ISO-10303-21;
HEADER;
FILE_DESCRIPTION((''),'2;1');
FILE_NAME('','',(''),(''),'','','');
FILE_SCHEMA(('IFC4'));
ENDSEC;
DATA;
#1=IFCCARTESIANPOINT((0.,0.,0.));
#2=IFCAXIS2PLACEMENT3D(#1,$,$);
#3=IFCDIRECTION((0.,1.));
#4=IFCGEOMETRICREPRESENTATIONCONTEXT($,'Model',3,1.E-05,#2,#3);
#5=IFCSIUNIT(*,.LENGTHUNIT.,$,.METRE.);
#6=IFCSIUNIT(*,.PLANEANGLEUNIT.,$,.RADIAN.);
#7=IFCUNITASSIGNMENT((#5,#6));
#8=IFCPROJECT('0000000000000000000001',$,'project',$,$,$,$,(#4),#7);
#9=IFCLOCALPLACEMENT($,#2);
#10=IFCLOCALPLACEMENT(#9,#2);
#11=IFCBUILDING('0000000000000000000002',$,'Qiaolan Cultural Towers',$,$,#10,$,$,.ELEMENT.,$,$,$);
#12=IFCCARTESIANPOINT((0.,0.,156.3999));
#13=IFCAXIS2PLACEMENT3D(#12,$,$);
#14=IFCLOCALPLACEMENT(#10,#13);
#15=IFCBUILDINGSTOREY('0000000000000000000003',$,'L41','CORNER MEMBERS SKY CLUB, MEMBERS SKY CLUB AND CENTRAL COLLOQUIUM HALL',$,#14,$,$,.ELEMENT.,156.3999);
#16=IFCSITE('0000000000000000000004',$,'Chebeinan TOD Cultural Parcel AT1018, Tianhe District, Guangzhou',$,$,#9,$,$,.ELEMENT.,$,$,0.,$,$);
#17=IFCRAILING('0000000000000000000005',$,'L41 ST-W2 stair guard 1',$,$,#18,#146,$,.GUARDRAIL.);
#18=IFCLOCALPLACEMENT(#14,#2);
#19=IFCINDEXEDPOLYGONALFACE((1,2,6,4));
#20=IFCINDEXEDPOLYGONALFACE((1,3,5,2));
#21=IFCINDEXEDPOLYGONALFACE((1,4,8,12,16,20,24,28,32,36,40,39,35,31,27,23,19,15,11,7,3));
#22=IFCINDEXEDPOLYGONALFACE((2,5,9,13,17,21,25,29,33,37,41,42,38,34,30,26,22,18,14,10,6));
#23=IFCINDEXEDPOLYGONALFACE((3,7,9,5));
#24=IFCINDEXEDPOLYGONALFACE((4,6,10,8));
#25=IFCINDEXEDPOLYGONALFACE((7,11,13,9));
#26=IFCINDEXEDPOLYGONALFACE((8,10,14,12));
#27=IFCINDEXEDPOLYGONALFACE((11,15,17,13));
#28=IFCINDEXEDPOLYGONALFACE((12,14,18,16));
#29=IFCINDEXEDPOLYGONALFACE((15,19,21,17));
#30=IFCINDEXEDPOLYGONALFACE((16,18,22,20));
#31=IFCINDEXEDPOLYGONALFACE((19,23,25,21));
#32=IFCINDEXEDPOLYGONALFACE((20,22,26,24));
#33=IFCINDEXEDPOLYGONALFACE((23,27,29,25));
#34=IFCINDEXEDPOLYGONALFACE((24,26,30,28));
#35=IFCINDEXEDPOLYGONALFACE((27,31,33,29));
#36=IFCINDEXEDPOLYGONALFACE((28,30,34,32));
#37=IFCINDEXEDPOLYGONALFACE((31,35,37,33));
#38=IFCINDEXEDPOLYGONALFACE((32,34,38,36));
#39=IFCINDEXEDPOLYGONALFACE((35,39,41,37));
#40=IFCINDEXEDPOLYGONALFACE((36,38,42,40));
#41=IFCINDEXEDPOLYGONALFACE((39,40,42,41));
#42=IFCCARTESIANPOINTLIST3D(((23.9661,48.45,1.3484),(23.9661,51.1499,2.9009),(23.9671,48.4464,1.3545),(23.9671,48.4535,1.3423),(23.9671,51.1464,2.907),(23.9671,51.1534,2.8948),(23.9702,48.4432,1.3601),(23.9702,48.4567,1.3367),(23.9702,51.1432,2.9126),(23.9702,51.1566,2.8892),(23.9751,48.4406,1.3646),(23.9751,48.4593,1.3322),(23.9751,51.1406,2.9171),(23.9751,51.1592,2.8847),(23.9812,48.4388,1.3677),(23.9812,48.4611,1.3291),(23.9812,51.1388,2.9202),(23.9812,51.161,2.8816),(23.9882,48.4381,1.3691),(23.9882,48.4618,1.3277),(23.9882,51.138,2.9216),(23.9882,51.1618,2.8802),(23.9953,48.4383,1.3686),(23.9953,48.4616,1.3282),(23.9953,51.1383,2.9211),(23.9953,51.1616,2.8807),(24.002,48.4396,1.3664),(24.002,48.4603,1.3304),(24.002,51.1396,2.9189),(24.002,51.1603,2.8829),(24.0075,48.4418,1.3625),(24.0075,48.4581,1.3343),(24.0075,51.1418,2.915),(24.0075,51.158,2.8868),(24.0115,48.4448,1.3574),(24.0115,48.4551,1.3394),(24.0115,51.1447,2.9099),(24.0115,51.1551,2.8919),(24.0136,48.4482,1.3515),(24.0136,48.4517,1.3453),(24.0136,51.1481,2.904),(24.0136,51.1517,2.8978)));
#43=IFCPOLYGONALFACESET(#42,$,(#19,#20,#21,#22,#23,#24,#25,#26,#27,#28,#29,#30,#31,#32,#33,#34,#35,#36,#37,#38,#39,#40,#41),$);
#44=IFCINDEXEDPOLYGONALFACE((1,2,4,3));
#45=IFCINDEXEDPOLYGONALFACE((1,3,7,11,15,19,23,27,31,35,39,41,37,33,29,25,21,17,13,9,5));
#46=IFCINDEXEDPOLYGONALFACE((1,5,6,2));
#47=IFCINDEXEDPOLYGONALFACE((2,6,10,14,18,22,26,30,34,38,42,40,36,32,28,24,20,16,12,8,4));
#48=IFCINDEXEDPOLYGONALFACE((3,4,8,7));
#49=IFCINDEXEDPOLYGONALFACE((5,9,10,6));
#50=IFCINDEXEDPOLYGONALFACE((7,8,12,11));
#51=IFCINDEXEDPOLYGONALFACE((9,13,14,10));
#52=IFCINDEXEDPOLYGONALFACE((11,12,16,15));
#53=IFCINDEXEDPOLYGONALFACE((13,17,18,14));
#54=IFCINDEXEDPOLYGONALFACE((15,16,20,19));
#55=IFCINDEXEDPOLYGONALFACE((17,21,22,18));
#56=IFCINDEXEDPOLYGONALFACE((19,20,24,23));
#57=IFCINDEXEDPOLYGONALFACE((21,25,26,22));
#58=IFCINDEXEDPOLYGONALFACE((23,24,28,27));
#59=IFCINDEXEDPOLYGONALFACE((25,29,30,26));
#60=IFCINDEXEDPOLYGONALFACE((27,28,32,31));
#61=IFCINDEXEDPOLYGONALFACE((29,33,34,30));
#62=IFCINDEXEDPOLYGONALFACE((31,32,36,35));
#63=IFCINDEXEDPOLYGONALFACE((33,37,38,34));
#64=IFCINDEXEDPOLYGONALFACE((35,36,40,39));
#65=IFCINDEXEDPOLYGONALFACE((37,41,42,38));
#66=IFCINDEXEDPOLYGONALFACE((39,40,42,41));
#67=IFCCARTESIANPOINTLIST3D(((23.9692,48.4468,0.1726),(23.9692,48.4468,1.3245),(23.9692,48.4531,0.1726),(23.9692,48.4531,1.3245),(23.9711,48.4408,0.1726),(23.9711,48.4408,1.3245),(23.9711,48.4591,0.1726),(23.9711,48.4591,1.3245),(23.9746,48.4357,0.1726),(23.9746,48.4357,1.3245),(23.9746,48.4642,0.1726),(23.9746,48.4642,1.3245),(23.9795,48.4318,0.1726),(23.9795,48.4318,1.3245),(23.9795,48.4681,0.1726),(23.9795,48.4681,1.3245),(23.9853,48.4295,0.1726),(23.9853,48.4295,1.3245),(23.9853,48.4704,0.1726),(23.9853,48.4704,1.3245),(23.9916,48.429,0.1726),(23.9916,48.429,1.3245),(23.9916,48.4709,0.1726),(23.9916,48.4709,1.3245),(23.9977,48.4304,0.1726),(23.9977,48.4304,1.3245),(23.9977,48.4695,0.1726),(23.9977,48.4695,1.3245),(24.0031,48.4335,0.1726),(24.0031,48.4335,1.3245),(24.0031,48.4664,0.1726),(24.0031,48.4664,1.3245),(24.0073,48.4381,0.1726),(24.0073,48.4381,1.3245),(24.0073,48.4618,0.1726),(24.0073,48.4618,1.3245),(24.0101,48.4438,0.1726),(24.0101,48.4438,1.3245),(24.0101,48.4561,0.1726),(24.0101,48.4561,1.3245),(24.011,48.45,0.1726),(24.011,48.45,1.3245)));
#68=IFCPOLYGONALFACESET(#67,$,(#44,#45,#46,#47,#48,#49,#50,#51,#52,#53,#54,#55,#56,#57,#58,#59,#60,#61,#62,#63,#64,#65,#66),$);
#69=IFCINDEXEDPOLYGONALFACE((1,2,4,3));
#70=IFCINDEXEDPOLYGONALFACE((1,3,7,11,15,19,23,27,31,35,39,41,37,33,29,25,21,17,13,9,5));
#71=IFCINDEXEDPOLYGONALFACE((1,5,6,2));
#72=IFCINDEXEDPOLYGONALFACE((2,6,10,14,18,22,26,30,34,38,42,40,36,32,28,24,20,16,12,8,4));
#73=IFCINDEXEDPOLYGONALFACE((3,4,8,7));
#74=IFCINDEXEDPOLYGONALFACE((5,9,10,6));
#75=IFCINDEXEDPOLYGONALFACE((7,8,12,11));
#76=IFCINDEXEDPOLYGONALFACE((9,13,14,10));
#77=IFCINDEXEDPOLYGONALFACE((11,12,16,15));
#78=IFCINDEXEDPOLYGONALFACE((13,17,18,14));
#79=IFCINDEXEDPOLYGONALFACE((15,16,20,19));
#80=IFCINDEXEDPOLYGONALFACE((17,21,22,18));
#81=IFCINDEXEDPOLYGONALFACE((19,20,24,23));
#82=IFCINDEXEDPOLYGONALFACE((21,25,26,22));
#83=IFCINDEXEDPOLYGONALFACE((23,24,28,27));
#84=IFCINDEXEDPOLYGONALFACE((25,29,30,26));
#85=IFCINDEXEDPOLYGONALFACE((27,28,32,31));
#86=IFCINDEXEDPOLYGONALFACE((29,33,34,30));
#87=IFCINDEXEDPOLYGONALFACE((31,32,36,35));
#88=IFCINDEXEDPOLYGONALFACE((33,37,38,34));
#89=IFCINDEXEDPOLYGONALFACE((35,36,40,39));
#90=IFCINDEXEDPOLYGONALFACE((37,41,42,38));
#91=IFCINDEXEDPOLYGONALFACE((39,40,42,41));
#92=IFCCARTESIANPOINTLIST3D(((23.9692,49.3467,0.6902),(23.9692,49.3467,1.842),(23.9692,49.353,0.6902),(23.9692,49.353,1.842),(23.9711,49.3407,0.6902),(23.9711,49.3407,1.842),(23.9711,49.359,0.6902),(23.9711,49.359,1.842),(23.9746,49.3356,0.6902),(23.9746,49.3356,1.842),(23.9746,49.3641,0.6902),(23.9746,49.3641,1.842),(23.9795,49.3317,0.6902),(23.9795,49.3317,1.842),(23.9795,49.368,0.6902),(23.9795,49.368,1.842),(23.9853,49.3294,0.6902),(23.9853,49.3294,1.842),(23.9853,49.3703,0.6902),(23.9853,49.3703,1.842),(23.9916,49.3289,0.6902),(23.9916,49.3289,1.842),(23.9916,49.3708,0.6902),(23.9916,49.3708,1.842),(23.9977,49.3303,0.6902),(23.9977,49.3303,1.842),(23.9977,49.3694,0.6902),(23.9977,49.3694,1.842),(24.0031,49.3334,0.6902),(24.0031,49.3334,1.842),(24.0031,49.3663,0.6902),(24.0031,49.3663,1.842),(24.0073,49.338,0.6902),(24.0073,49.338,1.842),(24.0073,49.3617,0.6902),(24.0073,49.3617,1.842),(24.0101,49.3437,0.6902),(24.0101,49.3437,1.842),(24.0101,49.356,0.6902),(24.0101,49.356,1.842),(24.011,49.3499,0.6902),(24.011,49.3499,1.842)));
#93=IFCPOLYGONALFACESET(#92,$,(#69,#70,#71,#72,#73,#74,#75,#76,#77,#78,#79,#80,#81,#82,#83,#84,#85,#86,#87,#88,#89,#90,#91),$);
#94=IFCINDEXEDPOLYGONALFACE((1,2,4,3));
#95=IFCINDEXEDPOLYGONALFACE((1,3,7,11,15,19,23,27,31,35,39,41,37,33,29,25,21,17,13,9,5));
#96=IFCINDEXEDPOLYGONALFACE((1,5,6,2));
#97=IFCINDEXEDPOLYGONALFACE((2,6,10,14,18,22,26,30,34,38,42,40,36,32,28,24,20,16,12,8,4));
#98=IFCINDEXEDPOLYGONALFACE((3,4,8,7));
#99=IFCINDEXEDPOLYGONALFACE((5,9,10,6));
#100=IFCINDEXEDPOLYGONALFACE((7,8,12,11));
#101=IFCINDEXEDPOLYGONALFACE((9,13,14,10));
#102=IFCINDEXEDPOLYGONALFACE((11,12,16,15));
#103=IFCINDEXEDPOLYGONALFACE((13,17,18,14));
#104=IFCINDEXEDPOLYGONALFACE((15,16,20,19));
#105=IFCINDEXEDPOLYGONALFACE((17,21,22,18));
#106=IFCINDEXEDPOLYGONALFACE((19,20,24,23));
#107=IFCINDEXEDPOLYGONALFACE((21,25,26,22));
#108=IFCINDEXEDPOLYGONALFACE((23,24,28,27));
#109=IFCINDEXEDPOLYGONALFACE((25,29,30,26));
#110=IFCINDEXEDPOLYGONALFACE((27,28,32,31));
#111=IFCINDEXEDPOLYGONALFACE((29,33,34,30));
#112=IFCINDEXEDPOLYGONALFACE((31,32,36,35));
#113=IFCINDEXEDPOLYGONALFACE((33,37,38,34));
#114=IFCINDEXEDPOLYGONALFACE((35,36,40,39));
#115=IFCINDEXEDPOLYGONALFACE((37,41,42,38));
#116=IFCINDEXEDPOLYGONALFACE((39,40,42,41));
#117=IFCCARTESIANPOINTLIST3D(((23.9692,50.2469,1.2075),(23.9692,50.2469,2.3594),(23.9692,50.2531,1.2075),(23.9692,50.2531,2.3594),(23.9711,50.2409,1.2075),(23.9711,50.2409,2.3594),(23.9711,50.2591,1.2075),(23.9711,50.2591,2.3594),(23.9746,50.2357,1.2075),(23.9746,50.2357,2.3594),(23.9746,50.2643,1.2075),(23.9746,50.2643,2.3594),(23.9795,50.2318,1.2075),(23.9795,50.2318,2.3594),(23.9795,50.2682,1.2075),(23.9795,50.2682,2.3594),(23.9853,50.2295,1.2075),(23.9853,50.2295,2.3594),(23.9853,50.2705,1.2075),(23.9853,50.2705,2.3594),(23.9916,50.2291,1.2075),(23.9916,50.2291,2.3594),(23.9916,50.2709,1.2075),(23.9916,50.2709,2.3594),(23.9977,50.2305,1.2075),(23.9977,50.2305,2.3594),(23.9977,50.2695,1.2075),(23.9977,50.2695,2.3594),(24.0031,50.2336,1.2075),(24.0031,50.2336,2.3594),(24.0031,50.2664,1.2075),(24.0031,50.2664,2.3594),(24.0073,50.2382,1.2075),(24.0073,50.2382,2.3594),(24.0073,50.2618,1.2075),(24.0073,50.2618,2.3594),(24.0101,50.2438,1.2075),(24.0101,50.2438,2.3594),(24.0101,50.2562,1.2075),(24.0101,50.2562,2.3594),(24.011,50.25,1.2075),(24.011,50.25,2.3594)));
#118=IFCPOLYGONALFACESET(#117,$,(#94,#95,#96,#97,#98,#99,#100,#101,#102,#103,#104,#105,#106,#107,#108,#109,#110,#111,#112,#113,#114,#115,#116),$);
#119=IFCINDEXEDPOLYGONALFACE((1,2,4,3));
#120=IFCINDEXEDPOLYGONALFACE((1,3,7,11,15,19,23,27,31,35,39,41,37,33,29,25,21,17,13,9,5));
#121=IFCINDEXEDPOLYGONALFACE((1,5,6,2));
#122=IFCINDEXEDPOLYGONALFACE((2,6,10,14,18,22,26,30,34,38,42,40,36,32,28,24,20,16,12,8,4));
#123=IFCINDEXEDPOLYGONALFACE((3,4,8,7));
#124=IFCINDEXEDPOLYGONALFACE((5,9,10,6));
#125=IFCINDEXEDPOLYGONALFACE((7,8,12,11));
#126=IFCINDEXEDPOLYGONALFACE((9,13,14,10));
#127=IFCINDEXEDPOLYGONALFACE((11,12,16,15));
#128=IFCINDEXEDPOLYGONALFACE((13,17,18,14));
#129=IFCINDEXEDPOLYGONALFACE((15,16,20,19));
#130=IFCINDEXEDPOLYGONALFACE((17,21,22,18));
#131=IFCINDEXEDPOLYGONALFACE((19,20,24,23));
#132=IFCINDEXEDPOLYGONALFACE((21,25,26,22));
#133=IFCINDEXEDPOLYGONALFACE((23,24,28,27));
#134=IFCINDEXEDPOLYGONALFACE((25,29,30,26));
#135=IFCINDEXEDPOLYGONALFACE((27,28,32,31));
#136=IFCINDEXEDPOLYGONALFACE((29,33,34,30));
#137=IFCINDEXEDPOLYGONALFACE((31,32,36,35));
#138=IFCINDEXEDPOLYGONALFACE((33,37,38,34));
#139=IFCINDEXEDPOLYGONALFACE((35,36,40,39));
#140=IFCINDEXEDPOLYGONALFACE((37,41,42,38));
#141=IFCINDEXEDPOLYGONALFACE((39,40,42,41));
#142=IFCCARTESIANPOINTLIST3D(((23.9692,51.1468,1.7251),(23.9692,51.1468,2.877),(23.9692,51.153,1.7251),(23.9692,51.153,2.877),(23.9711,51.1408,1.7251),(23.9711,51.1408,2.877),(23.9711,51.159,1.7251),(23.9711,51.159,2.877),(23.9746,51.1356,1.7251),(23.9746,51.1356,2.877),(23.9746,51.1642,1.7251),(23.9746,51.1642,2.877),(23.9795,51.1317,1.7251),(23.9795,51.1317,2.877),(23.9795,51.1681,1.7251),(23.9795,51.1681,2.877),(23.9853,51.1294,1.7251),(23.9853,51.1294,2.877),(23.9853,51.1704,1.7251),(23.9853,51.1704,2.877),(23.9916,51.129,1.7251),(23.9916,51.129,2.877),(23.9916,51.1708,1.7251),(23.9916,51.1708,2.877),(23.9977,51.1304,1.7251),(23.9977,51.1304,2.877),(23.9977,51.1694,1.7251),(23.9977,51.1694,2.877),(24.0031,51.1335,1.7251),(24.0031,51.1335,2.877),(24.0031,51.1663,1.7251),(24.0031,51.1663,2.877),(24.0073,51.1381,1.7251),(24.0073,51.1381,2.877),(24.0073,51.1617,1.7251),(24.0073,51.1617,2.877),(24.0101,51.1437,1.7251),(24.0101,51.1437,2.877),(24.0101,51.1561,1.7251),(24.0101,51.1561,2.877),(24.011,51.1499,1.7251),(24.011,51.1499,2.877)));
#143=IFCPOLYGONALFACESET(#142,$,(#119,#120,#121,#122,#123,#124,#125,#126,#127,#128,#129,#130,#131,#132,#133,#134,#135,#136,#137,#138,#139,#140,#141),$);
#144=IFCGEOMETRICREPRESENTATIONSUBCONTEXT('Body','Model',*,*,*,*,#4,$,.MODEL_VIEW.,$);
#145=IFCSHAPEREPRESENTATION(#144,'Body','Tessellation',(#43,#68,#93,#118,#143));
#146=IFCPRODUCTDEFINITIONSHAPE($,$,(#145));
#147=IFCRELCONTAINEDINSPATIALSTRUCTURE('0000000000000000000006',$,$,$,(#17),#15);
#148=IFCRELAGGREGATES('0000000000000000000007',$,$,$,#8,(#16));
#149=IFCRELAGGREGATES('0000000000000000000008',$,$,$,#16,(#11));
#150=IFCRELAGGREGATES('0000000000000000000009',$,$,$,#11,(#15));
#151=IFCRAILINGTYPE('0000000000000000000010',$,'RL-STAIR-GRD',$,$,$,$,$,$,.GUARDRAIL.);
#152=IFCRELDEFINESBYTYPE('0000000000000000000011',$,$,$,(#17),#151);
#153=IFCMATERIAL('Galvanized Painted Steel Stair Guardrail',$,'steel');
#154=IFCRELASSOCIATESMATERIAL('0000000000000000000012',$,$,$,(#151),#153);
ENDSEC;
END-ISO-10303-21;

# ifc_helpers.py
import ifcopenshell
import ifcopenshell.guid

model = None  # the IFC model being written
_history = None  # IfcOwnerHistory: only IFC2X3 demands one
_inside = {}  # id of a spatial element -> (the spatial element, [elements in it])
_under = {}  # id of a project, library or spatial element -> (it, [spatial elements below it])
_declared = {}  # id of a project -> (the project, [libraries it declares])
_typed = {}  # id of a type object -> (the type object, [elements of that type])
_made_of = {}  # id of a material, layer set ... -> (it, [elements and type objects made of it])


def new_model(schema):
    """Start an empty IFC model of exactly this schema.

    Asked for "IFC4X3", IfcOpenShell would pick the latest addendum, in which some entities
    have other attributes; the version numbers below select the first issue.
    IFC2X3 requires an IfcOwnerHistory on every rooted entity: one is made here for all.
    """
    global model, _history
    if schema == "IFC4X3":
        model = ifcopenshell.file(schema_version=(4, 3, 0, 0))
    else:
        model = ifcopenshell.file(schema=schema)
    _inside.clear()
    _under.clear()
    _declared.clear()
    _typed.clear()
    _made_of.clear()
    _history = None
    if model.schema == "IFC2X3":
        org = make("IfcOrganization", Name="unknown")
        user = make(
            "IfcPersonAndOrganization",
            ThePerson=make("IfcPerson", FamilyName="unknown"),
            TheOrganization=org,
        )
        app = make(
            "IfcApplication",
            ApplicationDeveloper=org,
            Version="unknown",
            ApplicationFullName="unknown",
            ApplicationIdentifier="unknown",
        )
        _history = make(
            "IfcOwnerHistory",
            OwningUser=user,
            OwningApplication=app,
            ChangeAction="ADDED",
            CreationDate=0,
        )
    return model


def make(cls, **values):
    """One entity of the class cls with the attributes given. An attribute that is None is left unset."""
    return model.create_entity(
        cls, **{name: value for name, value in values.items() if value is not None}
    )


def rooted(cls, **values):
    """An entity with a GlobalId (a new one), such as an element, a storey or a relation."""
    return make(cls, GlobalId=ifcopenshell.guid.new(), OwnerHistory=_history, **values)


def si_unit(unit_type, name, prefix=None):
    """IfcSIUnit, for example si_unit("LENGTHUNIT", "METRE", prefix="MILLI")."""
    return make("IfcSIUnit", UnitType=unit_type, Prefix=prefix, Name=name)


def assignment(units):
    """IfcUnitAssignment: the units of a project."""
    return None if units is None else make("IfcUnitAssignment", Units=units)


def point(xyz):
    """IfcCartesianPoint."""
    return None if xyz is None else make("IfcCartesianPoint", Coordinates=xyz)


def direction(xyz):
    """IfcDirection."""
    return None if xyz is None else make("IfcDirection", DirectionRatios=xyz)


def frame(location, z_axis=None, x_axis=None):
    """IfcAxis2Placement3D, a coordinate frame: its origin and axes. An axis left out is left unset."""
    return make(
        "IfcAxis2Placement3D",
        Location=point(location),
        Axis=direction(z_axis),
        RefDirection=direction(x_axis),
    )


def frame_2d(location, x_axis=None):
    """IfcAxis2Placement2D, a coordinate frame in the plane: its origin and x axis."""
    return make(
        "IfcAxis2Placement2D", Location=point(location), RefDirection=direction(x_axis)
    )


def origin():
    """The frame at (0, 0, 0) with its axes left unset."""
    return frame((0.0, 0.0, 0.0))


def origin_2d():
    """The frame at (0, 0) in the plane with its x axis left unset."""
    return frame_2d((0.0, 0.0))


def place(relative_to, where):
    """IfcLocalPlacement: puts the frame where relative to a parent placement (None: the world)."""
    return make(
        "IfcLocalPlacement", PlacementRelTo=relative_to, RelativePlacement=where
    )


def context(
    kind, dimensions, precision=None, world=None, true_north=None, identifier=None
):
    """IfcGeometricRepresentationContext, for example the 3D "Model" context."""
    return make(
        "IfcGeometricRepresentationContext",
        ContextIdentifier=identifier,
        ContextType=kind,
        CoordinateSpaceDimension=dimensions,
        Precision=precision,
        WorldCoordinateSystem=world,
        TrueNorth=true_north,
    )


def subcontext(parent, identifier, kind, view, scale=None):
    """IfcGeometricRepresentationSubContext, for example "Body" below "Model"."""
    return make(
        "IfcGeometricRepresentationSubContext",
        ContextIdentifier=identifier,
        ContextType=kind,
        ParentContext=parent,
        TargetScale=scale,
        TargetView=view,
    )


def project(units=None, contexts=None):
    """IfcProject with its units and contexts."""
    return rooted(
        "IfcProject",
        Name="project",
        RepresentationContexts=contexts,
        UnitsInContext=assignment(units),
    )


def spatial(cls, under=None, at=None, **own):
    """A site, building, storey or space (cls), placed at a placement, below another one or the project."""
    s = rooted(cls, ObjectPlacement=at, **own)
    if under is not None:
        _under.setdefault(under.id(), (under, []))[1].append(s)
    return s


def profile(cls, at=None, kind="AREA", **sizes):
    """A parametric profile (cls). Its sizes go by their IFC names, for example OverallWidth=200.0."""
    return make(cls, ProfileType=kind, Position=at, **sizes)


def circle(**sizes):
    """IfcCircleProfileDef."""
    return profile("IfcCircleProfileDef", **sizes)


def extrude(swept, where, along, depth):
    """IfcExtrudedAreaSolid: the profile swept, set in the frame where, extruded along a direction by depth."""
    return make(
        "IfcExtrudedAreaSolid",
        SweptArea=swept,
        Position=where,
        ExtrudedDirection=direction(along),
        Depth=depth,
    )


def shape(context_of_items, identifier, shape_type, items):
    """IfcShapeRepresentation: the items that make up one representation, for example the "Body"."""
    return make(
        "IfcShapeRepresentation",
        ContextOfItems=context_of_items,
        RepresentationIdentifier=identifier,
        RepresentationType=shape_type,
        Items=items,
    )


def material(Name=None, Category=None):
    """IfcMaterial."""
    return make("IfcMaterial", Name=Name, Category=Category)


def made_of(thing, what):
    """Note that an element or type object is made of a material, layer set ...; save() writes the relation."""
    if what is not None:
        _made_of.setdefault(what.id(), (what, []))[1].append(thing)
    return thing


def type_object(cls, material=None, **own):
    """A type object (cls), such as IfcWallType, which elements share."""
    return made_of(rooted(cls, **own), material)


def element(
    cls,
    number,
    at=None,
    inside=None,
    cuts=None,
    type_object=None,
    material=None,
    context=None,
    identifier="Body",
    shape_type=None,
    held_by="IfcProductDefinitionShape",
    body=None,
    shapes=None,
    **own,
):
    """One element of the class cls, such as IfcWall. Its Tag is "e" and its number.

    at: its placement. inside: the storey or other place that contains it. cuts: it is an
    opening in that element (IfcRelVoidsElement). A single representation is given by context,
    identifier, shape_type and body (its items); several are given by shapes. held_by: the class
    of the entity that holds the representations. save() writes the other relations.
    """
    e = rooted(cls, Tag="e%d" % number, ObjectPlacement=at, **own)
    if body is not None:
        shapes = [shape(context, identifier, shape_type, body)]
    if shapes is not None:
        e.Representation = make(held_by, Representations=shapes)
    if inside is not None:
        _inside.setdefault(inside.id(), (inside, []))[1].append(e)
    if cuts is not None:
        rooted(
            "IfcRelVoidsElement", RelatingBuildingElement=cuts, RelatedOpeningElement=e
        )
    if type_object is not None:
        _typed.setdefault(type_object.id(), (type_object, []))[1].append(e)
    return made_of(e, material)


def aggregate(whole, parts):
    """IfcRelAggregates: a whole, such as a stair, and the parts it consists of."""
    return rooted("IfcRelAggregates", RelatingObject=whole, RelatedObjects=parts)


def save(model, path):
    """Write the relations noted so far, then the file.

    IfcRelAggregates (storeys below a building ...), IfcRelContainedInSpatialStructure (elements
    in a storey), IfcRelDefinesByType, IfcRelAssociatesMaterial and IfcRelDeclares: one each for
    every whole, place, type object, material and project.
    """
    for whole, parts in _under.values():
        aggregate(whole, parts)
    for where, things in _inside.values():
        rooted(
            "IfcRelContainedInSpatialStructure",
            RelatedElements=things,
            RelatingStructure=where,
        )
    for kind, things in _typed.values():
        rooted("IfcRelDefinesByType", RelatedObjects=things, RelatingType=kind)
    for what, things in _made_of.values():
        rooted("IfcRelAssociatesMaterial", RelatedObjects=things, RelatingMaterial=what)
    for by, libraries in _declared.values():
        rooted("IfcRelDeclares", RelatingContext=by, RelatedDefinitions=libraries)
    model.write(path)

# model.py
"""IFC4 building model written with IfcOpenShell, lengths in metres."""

from ifc_helpers import new_model, si_unit, direction, frame, origin, origin_2d, place, context, subcontext, project, spatial, circle, extrude, material, type_object, element, save


model = new_model("IFC4")

# Units and contexts
model_context = context("Model", 3, precision=1e-05, world=origin(), true_north=direction((0.0, 1.0)))
body_context = subcontext(model_context, "Body", "Model", "MODEL_VIEW")
ifc_project = project(units=[si_unit("LENGTHUNIT", "METRE"), si_unit("PLANEANGLEUNIT", "RADIAN")], contexts=[model_context])

# Site, building, storey
site_placement = place(None, origin())
site = spatial("IfcSite", under=ifc_project, at=site_placement, Name="Chebeinan TOD Cultural Parcel AT1018, Tianhe District, Guangzhou", CompositionType="ELEMENT", RefElevation=0.0)
building_placement = place(site_placement, origin())
building = spatial("IfcBuilding", under=site, at=building_placement, Name="Qiaolan Cultural Towers", CompositionType="ELEMENT")
storey_placement = place(building_placement, frame((0.0, 0.0, 156.3999)))
storey = spatial("IfcBuildingStorey", under=building, at=storey_placement, Name="L41", Description="CORNER MEMBERS SKY CLUB, MEMBERS SKY CLUB AND CENTRAL COLLOQUIUM HALL", CompositionType="ELEMENT", Elevation=156.3999)

# Railing
ifc_material_1 = material(Name="Galvanized Painted Steel Stair Guardrail", Category="steel")
railing_type_1 = type_object("IfcRailingType", Name="RL-STAIR-GRD", PredefinedType="GUARDRAIL", material=ifc_material_1)
railing_1_placement = place(storey_placement, frame((23.99, 48.45, 0.1726)))
element("IfcRailing", 1, at=railing_1_placement, inside=storey, type_object=railing_type_1, Name="L41 ST-W2 stair guard 1", PredefinedType="GUARDRAIL", context=body_context, shape_type="SweptSolid", body=[
    extrude(circle(Radius=0.0239, at=origin_2d()), frame((0.0, 0.0, 1.1758), z_axis=(0.0, 0.866904, 0.498476), x_axis=(-1.0, 0.0, 0.0)), (0.0, 0.0, 1.0), 3.1145),
    extrude(circle(Radius=0.021, at=origin_2d()), origin(), (0.0, 0.0, 1.0), 1.1519),
    extrude(circle(Radius=0.021, at=origin_2d()), frame((0.0, 0.8999, 0.5176)), (0.0, 0.0, 1.0), 1.1519),
    extrude(circle(Radius=0.021, at=origin_2d()), frame((0.0, 1.8, 1.0349)), (0.0, 0.0, 1.0), 1.1519),
    extrude(circle(Radius=0.021, at=origin_2d()), frame((0.0, 2.7, 1.5525)), (0.0, 0.0, 1.0), 1.1519),
])

save(model, "model.ifc")
